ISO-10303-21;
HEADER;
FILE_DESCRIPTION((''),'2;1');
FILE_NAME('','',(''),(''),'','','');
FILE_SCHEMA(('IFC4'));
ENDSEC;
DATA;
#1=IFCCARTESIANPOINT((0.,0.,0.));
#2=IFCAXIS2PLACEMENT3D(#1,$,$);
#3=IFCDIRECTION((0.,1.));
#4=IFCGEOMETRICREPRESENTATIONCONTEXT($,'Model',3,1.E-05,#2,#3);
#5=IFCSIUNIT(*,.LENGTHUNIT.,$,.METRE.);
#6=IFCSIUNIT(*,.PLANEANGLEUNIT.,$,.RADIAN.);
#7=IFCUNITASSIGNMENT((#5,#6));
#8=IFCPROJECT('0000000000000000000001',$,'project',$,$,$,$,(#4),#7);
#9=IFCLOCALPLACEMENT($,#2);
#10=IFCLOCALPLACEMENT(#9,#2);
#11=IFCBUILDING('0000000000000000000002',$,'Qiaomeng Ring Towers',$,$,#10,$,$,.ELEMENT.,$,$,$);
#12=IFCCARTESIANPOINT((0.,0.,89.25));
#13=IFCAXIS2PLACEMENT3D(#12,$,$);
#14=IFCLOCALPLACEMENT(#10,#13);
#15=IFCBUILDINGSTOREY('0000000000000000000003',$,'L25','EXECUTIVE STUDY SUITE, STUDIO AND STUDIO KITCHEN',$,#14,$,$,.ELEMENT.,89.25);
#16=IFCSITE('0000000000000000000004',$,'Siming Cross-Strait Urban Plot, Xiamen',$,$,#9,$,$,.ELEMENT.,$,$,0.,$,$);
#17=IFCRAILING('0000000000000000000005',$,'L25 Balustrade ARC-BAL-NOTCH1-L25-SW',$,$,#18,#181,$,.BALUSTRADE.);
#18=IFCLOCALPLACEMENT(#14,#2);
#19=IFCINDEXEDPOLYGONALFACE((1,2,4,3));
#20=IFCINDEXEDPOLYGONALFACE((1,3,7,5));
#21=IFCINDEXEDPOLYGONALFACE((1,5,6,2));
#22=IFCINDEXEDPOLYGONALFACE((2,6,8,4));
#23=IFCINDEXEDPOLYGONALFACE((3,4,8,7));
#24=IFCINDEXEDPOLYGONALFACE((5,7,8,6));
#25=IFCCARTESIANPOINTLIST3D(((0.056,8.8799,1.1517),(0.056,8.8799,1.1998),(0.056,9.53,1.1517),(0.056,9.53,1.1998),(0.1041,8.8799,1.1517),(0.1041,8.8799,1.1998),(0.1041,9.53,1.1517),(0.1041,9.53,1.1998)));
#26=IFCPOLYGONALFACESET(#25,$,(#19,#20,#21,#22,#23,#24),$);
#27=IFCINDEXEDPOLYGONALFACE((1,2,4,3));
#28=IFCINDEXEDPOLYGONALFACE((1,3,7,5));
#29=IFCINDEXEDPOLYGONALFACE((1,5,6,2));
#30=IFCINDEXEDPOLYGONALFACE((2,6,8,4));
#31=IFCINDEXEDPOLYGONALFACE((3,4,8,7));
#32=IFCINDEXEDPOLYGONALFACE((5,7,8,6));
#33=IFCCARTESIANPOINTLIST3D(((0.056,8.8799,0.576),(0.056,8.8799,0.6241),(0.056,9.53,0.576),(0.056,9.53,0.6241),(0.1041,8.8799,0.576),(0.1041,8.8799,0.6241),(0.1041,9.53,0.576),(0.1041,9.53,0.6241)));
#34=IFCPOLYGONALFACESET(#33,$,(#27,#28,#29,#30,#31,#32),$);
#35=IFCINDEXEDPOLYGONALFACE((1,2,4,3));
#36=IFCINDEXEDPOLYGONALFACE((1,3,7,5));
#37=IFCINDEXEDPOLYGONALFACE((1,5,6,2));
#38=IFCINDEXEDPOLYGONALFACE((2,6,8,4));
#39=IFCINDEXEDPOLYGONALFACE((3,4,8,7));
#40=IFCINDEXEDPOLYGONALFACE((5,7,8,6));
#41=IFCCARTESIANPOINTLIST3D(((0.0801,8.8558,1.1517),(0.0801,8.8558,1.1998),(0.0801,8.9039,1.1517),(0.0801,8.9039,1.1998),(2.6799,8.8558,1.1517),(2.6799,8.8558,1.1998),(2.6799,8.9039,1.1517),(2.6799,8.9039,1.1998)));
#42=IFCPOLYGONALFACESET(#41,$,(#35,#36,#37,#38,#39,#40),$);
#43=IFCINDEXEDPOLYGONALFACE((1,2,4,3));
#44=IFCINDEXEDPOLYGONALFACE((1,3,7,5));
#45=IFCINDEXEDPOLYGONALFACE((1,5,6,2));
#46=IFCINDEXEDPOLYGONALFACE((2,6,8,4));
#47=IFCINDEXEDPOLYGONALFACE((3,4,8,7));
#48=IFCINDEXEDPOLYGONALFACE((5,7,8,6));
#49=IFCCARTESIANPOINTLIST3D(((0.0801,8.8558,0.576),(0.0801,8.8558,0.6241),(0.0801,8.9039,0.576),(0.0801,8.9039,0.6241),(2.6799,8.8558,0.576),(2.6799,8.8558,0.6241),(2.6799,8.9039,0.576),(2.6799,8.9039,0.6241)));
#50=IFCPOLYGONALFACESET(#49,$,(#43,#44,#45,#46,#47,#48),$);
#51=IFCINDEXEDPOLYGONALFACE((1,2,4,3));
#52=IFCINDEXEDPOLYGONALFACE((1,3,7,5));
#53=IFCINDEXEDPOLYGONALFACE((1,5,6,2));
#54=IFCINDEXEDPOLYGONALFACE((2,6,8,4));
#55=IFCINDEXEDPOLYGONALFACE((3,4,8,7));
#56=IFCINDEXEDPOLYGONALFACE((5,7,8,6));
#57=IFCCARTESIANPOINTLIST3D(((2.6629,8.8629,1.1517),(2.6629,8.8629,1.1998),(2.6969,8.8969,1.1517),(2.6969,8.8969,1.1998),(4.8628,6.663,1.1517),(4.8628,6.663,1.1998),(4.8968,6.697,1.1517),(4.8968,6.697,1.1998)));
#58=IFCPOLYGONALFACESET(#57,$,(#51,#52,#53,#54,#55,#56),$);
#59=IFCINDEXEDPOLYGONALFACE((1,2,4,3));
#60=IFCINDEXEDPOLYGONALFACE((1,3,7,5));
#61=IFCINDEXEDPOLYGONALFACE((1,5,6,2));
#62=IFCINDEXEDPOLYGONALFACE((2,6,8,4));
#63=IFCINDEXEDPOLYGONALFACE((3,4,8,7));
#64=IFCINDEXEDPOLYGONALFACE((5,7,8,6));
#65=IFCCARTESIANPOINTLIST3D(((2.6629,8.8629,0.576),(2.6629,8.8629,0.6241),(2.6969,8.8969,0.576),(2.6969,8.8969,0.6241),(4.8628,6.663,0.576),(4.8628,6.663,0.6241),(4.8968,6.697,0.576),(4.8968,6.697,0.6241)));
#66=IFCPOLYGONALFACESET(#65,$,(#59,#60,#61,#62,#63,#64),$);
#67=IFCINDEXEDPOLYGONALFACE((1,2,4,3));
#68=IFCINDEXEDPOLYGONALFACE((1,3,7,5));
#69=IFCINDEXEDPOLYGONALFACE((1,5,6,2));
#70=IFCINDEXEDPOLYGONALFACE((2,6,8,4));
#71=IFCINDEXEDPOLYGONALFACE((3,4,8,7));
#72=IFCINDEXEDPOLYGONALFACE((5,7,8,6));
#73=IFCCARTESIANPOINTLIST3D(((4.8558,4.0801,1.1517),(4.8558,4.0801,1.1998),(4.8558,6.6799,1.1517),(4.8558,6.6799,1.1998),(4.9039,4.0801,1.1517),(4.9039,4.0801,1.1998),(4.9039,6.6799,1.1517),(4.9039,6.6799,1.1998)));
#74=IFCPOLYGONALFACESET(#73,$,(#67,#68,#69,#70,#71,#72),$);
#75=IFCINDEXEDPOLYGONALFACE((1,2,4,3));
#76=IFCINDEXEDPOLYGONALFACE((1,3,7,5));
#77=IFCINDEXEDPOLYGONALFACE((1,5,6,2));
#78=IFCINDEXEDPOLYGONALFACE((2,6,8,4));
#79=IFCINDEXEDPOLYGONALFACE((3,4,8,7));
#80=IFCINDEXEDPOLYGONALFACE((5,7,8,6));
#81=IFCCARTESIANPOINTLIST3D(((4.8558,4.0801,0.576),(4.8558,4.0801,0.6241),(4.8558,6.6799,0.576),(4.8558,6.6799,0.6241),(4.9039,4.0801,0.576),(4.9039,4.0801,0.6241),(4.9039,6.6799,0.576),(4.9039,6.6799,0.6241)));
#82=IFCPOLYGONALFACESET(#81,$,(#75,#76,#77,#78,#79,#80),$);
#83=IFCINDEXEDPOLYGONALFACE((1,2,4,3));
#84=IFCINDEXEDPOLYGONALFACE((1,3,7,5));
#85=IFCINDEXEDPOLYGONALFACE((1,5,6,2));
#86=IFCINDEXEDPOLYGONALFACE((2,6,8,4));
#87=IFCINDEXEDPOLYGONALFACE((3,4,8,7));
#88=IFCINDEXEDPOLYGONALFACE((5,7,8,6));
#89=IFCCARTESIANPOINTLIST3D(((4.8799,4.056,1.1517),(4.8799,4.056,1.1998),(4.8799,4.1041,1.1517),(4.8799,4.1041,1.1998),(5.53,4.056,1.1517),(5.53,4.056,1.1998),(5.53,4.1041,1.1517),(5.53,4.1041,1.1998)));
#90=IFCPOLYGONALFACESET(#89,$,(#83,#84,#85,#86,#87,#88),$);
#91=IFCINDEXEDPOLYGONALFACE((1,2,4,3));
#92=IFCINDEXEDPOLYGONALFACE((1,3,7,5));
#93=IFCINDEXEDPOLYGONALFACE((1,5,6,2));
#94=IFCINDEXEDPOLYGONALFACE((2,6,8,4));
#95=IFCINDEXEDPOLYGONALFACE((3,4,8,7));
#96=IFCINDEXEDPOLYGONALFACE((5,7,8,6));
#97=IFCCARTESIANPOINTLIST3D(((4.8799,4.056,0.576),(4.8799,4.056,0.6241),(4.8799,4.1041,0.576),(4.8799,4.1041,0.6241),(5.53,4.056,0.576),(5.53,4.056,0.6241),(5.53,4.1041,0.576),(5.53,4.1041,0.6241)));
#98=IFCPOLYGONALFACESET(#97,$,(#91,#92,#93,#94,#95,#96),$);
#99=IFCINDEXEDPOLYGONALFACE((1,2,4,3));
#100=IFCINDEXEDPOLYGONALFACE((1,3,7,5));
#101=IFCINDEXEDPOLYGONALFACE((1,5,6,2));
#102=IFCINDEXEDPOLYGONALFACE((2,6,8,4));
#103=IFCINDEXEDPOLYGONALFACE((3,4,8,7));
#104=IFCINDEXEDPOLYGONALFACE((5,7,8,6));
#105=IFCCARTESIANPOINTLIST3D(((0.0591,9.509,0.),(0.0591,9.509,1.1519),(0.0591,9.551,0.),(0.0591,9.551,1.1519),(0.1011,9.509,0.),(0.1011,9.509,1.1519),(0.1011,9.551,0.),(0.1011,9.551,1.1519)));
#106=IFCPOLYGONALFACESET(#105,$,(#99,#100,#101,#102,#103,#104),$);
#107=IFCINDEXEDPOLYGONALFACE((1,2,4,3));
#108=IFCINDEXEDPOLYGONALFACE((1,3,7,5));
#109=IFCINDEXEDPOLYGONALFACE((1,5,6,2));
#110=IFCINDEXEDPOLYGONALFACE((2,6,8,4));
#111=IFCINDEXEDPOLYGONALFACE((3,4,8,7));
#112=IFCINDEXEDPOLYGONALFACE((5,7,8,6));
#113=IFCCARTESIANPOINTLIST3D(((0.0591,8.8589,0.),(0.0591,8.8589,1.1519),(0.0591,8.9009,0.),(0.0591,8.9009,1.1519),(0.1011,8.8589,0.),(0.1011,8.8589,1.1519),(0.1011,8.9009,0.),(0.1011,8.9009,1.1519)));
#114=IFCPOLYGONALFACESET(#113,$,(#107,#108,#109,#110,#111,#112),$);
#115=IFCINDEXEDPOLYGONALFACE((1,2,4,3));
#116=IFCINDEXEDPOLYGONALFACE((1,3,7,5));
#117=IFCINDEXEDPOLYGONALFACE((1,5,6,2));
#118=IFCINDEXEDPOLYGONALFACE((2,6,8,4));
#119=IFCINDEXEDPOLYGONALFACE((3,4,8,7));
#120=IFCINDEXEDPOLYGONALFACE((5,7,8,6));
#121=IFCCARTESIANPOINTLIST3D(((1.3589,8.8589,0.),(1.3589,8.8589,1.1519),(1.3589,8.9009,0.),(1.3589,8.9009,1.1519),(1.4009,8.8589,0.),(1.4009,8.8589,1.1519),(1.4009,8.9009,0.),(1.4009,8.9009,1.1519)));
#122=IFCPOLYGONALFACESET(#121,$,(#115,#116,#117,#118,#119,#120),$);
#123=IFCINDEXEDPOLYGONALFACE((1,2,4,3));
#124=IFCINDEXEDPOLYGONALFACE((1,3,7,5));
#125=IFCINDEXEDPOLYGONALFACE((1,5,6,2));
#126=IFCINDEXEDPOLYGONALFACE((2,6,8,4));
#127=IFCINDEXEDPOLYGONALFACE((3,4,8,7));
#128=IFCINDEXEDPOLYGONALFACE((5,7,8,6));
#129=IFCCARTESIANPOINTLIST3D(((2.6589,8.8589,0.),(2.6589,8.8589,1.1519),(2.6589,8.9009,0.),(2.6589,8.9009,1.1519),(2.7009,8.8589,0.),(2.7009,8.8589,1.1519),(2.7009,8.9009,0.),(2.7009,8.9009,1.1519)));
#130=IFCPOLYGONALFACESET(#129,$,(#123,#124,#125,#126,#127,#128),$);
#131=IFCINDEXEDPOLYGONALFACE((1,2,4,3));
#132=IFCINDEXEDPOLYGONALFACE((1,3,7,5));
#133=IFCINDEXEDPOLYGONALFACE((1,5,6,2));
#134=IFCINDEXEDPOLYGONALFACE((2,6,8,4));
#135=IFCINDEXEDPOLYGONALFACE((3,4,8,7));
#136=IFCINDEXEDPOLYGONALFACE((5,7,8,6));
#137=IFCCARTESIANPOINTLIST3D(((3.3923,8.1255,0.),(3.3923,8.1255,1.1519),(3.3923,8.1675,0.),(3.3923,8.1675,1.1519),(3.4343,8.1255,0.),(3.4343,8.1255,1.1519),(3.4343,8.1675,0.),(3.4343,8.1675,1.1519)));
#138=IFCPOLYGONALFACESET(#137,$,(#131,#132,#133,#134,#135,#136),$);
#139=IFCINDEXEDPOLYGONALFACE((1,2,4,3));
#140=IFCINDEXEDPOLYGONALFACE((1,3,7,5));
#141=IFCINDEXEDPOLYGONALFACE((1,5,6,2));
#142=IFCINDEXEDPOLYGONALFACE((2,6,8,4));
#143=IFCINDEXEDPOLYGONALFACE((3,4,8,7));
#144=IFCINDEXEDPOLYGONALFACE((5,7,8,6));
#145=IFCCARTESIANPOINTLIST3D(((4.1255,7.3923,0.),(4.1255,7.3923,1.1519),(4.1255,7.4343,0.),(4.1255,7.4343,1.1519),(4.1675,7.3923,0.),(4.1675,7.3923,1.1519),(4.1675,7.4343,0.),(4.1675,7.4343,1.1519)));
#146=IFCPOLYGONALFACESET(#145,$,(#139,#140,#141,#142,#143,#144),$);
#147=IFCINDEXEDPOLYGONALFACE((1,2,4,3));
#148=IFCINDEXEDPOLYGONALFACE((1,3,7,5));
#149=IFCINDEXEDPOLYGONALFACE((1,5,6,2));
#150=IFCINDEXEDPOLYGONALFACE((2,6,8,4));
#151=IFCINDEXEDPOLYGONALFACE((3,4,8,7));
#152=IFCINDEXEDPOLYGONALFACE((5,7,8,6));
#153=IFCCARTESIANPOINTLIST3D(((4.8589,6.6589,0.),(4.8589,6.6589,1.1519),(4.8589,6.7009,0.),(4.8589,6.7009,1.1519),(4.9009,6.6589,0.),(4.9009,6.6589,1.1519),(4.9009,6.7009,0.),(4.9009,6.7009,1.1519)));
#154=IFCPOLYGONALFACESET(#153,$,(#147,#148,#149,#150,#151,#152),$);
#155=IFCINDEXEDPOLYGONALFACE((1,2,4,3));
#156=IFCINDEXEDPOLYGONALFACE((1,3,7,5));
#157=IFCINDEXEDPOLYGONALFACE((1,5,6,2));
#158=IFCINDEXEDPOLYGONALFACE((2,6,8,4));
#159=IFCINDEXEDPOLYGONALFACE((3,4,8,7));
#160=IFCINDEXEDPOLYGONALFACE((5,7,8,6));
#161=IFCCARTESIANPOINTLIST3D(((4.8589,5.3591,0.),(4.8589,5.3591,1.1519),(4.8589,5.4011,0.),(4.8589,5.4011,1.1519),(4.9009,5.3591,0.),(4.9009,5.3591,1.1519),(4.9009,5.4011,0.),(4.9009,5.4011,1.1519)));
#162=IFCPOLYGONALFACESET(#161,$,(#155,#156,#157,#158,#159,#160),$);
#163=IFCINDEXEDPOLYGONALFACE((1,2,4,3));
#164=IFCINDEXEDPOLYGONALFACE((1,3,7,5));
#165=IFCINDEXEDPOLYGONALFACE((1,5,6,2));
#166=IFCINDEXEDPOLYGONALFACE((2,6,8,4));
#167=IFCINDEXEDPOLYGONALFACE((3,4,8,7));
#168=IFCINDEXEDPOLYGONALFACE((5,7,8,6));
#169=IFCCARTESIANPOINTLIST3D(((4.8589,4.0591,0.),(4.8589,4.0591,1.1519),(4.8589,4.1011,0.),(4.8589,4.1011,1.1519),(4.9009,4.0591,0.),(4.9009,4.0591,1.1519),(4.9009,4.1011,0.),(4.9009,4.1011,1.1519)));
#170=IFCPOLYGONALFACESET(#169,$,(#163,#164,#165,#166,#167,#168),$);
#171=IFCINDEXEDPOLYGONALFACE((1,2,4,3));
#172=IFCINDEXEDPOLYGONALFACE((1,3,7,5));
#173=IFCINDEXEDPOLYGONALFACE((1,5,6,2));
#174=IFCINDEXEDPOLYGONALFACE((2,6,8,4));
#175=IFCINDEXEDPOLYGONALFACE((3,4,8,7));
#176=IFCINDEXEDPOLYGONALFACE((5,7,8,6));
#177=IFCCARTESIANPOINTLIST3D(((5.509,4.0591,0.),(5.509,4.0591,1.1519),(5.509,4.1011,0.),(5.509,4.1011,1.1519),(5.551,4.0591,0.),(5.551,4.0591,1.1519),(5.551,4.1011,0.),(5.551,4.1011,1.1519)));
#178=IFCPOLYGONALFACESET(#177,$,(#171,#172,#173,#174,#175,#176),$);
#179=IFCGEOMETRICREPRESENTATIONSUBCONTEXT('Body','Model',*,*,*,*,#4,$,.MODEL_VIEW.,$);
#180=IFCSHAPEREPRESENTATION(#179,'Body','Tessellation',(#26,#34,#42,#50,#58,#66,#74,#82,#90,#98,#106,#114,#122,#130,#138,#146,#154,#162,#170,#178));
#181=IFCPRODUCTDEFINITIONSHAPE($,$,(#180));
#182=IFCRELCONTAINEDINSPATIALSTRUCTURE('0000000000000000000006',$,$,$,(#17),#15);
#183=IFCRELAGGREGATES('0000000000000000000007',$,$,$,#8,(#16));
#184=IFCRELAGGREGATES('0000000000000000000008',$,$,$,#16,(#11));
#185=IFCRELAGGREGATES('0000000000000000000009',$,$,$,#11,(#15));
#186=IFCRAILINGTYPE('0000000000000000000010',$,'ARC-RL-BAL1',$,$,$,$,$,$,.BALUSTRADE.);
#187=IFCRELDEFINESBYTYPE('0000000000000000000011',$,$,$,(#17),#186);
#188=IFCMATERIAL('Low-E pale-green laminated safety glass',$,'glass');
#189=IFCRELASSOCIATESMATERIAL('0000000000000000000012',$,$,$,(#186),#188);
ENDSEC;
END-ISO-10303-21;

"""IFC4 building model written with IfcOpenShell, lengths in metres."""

from ifc_helpers import new_model, si_unit, direction, frame, origin, origin_2d, place, context, subcontext, project, spatial, rectangle, extrude, material, type_object, element, save


model = new_model("IFC4")

# Units and contexts
model_context = context("Model", 3, precision=1e-05, world=origin(), true_north=direction((0.0, 1.0)))
body_context = subcontext(model_context, "Body", "Model", "MODEL_VIEW")
ifc_project = project(units=[si_unit("LENGTHUNIT", "METRE"), si_unit("PLANEANGLEUNIT", "RADIAN")], contexts=[model_context])

# Site, building, storey
site_placement = place(None, origin())
site = spatial("IfcSite", under=ifc_project, at=site_placement, Name="Siming Cross-Strait Urban Plot, Xiamen", CompositionType="ELEMENT", RefElevation=0.0)
building_placement = place(site_placement, origin())
building = spatial("IfcBuilding", under=site, at=building_placement, Name="Qiaomeng Ring Towers", CompositionType="ELEMENT")
storey_placement = place(building_placement, frame((0.0, 0.0, 89.25)))
storey = spatial("IfcBuildingStorey", under=building, at=storey_placement, Name="L25", Description="EXECUTIVE STUDY SUITE, STUDIO AND STUDIO KITCHEN", CompositionType="ELEMENT", Elevation=89.25)

# Railing
ifc_material_1 = material(Name="Low-E pale-green laminated safety glass", Category="glass")
railing_type = type_object("IfcRailingType", Name="ARC-RL-BAL1", PredefinedType="BALUSTRADE", material=ifc_material_1)
railing_1_placement = place(storey_placement, frame((0.0801, 9.53, 0.0)))
element("IfcRailing", 1, at=railing_1_placement, inside=storey, type_object=railing_type, Name="L25 Balustrade ARC-BAL-NOTCH1-L25-SW", PredefinedType="BALUSTRADE", context=body_context, shape_type="SweptSolid", body=[
    extrude(rectangle(XDim=0.0481, YDim=0.0481, at=origin_2d()), frame((0.0, 0.0, 1.1758), z_axis=(0.0, -1.0, 0.0), x_axis=(1.0, 0.0, 0.0)), (0.0, 0.0, 1.0), 0.6501),
    extrude(rectangle(XDim=0.0481, YDim=0.0481, at=origin_2d()), frame((0.0, 0.0, 0.6001), z_axis=(0.0, -1.0, 0.0), x_axis=(1.0, 0.0, 0.0)), (0.0, 0.0, 1.0), 0.6501),
    extrude(rectangle(XDim=0.0481, YDim=0.0481, at=origin_2d()), frame((0.0, -0.6501, 1.1758), z_axis=(1.0, 0.0, 0.0), x_axis=(0.0, 1.0, 0.0)), (0.0, 0.0, 1.0), 2.5999),
    extrude(rectangle(XDim=0.0481, YDim=0.0481, at=origin_2d()), frame((0.0, -0.6501, 0.6001), z_axis=(1.0, 0.0, 0.0), x_axis=(0.0, 1.0, 0.0)), (0.0, 0.0, 1.0), 2.5999),
    extrude(rectangle(XDim=0.0481, YDim=0.0481, at=origin_2d()), frame((2.5999, -0.6501, 1.1758), z_axis=(0.707107, -0.707107, 0.0), x_axis=(0.707107, 0.707107, 0.0)), (0.0, 0.0, 1.0), 3.1111),
    extrude(rectangle(XDim=0.0481, YDim=0.0481, at=origin_2d()), frame((2.5999, -0.6501, 0.6001), z_axis=(0.707107, -0.707107, 0.0), x_axis=(0.707107, 0.707107, 0.0)), (0.0, 0.0, 1.0), 3.1111),
    extrude(rectangle(XDim=0.0481, YDim=0.0481, at=origin_2d()), frame((4.7998, -2.8501, 1.1758), z_axis=(0.0, -1.0, 0.0), x_axis=(1.0, 0.0, 0.0)), (0.0, 0.0, 1.0), 2.5999),
    extrude(rectangle(XDim=0.0481, YDim=0.0481, at=origin_2d()), frame((4.7998, -2.8501, 0.6001), z_axis=(0.0, -1.0, 0.0), x_axis=(1.0, 0.0, 0.0)), (0.0, 0.0, 1.0), 2.5999),
    extrude(rectangle(XDim=0.0481, YDim=0.0481, at=origin_2d()), frame((4.7998, -5.45, 1.1758), z_axis=(1.0, 0.0, 0.0), x_axis=(0.0, 1.0, 0.0)), (0.0, 0.0, 1.0), 0.6501),
    extrude(rectangle(XDim=0.0481, YDim=0.0481, at=origin_2d()), frame((4.7998, -5.45, 0.6001), z_axis=(1.0, 0.0, 0.0), x_axis=(0.0, 1.0, 0.0)), (0.0, 0.0, 1.0), 0.6501),
    extrude(rectangle(XDim=0.042, YDim=0.042, at=origin_2d()), origin(), (0.0, 0.0, 1.0), 1.1519),
    extrude(rectangle(XDim=0.042, YDim=0.042, at=origin_2d()), frame((0.0, -0.6501, 0.0)), (0.0, 0.0, 1.0), 1.1519),
    extrude(rectangle(XDim=0.042, YDim=0.042, at=origin_2d()), frame((1.2998, -0.6501, 0.0)), (0.0, 0.0, 1.0), 1.1519),
    extrude(rectangle(XDim=0.042, YDim=0.042, at=origin_2d()), frame((2.5999, -0.6501, 0.0)), (0.0, 0.0, 1.0), 1.1519),
    extrude(rectangle(XDim=0.042, YDim=0.042, at=origin_2d()), frame((3.3333, -1.3835, 0.0)), (0.0, 0.0, 1.0), 1.1519),
    extrude(rectangle(XDim=0.042, YDim=0.042, at=origin_2d()), frame((4.0664, -2.1167, 0.0)), (0.0, 0.0, 1.0), 1.1519),
    extrude(rectangle(XDim=0.042, YDim=0.042, at=origin_2d()), frame((4.7998, -2.8501, 0.0)), (0.0, 0.0, 1.0), 1.1519),
    extrude(rectangle(XDim=0.042, YDim=0.042, at=origin_2d()), frame((4.7998, -4.1499, 0.0)), (0.0, 0.0, 1.0), 1.1519),
    extrude(rectangle(XDim=0.042, YDim=0.042, at=origin_2d()), frame((4.7998, -5.45, 0.0)), (0.0, 0.0, 1.0), 1.1519),
    extrude(rectangle(XDim=0.042, YDim=0.042, at=origin_2d()), frame((5.45, -5.45, 0.0)), (0.0, 0.0, 1.0), 1.1519),
])

save(model, "model.ifc")
